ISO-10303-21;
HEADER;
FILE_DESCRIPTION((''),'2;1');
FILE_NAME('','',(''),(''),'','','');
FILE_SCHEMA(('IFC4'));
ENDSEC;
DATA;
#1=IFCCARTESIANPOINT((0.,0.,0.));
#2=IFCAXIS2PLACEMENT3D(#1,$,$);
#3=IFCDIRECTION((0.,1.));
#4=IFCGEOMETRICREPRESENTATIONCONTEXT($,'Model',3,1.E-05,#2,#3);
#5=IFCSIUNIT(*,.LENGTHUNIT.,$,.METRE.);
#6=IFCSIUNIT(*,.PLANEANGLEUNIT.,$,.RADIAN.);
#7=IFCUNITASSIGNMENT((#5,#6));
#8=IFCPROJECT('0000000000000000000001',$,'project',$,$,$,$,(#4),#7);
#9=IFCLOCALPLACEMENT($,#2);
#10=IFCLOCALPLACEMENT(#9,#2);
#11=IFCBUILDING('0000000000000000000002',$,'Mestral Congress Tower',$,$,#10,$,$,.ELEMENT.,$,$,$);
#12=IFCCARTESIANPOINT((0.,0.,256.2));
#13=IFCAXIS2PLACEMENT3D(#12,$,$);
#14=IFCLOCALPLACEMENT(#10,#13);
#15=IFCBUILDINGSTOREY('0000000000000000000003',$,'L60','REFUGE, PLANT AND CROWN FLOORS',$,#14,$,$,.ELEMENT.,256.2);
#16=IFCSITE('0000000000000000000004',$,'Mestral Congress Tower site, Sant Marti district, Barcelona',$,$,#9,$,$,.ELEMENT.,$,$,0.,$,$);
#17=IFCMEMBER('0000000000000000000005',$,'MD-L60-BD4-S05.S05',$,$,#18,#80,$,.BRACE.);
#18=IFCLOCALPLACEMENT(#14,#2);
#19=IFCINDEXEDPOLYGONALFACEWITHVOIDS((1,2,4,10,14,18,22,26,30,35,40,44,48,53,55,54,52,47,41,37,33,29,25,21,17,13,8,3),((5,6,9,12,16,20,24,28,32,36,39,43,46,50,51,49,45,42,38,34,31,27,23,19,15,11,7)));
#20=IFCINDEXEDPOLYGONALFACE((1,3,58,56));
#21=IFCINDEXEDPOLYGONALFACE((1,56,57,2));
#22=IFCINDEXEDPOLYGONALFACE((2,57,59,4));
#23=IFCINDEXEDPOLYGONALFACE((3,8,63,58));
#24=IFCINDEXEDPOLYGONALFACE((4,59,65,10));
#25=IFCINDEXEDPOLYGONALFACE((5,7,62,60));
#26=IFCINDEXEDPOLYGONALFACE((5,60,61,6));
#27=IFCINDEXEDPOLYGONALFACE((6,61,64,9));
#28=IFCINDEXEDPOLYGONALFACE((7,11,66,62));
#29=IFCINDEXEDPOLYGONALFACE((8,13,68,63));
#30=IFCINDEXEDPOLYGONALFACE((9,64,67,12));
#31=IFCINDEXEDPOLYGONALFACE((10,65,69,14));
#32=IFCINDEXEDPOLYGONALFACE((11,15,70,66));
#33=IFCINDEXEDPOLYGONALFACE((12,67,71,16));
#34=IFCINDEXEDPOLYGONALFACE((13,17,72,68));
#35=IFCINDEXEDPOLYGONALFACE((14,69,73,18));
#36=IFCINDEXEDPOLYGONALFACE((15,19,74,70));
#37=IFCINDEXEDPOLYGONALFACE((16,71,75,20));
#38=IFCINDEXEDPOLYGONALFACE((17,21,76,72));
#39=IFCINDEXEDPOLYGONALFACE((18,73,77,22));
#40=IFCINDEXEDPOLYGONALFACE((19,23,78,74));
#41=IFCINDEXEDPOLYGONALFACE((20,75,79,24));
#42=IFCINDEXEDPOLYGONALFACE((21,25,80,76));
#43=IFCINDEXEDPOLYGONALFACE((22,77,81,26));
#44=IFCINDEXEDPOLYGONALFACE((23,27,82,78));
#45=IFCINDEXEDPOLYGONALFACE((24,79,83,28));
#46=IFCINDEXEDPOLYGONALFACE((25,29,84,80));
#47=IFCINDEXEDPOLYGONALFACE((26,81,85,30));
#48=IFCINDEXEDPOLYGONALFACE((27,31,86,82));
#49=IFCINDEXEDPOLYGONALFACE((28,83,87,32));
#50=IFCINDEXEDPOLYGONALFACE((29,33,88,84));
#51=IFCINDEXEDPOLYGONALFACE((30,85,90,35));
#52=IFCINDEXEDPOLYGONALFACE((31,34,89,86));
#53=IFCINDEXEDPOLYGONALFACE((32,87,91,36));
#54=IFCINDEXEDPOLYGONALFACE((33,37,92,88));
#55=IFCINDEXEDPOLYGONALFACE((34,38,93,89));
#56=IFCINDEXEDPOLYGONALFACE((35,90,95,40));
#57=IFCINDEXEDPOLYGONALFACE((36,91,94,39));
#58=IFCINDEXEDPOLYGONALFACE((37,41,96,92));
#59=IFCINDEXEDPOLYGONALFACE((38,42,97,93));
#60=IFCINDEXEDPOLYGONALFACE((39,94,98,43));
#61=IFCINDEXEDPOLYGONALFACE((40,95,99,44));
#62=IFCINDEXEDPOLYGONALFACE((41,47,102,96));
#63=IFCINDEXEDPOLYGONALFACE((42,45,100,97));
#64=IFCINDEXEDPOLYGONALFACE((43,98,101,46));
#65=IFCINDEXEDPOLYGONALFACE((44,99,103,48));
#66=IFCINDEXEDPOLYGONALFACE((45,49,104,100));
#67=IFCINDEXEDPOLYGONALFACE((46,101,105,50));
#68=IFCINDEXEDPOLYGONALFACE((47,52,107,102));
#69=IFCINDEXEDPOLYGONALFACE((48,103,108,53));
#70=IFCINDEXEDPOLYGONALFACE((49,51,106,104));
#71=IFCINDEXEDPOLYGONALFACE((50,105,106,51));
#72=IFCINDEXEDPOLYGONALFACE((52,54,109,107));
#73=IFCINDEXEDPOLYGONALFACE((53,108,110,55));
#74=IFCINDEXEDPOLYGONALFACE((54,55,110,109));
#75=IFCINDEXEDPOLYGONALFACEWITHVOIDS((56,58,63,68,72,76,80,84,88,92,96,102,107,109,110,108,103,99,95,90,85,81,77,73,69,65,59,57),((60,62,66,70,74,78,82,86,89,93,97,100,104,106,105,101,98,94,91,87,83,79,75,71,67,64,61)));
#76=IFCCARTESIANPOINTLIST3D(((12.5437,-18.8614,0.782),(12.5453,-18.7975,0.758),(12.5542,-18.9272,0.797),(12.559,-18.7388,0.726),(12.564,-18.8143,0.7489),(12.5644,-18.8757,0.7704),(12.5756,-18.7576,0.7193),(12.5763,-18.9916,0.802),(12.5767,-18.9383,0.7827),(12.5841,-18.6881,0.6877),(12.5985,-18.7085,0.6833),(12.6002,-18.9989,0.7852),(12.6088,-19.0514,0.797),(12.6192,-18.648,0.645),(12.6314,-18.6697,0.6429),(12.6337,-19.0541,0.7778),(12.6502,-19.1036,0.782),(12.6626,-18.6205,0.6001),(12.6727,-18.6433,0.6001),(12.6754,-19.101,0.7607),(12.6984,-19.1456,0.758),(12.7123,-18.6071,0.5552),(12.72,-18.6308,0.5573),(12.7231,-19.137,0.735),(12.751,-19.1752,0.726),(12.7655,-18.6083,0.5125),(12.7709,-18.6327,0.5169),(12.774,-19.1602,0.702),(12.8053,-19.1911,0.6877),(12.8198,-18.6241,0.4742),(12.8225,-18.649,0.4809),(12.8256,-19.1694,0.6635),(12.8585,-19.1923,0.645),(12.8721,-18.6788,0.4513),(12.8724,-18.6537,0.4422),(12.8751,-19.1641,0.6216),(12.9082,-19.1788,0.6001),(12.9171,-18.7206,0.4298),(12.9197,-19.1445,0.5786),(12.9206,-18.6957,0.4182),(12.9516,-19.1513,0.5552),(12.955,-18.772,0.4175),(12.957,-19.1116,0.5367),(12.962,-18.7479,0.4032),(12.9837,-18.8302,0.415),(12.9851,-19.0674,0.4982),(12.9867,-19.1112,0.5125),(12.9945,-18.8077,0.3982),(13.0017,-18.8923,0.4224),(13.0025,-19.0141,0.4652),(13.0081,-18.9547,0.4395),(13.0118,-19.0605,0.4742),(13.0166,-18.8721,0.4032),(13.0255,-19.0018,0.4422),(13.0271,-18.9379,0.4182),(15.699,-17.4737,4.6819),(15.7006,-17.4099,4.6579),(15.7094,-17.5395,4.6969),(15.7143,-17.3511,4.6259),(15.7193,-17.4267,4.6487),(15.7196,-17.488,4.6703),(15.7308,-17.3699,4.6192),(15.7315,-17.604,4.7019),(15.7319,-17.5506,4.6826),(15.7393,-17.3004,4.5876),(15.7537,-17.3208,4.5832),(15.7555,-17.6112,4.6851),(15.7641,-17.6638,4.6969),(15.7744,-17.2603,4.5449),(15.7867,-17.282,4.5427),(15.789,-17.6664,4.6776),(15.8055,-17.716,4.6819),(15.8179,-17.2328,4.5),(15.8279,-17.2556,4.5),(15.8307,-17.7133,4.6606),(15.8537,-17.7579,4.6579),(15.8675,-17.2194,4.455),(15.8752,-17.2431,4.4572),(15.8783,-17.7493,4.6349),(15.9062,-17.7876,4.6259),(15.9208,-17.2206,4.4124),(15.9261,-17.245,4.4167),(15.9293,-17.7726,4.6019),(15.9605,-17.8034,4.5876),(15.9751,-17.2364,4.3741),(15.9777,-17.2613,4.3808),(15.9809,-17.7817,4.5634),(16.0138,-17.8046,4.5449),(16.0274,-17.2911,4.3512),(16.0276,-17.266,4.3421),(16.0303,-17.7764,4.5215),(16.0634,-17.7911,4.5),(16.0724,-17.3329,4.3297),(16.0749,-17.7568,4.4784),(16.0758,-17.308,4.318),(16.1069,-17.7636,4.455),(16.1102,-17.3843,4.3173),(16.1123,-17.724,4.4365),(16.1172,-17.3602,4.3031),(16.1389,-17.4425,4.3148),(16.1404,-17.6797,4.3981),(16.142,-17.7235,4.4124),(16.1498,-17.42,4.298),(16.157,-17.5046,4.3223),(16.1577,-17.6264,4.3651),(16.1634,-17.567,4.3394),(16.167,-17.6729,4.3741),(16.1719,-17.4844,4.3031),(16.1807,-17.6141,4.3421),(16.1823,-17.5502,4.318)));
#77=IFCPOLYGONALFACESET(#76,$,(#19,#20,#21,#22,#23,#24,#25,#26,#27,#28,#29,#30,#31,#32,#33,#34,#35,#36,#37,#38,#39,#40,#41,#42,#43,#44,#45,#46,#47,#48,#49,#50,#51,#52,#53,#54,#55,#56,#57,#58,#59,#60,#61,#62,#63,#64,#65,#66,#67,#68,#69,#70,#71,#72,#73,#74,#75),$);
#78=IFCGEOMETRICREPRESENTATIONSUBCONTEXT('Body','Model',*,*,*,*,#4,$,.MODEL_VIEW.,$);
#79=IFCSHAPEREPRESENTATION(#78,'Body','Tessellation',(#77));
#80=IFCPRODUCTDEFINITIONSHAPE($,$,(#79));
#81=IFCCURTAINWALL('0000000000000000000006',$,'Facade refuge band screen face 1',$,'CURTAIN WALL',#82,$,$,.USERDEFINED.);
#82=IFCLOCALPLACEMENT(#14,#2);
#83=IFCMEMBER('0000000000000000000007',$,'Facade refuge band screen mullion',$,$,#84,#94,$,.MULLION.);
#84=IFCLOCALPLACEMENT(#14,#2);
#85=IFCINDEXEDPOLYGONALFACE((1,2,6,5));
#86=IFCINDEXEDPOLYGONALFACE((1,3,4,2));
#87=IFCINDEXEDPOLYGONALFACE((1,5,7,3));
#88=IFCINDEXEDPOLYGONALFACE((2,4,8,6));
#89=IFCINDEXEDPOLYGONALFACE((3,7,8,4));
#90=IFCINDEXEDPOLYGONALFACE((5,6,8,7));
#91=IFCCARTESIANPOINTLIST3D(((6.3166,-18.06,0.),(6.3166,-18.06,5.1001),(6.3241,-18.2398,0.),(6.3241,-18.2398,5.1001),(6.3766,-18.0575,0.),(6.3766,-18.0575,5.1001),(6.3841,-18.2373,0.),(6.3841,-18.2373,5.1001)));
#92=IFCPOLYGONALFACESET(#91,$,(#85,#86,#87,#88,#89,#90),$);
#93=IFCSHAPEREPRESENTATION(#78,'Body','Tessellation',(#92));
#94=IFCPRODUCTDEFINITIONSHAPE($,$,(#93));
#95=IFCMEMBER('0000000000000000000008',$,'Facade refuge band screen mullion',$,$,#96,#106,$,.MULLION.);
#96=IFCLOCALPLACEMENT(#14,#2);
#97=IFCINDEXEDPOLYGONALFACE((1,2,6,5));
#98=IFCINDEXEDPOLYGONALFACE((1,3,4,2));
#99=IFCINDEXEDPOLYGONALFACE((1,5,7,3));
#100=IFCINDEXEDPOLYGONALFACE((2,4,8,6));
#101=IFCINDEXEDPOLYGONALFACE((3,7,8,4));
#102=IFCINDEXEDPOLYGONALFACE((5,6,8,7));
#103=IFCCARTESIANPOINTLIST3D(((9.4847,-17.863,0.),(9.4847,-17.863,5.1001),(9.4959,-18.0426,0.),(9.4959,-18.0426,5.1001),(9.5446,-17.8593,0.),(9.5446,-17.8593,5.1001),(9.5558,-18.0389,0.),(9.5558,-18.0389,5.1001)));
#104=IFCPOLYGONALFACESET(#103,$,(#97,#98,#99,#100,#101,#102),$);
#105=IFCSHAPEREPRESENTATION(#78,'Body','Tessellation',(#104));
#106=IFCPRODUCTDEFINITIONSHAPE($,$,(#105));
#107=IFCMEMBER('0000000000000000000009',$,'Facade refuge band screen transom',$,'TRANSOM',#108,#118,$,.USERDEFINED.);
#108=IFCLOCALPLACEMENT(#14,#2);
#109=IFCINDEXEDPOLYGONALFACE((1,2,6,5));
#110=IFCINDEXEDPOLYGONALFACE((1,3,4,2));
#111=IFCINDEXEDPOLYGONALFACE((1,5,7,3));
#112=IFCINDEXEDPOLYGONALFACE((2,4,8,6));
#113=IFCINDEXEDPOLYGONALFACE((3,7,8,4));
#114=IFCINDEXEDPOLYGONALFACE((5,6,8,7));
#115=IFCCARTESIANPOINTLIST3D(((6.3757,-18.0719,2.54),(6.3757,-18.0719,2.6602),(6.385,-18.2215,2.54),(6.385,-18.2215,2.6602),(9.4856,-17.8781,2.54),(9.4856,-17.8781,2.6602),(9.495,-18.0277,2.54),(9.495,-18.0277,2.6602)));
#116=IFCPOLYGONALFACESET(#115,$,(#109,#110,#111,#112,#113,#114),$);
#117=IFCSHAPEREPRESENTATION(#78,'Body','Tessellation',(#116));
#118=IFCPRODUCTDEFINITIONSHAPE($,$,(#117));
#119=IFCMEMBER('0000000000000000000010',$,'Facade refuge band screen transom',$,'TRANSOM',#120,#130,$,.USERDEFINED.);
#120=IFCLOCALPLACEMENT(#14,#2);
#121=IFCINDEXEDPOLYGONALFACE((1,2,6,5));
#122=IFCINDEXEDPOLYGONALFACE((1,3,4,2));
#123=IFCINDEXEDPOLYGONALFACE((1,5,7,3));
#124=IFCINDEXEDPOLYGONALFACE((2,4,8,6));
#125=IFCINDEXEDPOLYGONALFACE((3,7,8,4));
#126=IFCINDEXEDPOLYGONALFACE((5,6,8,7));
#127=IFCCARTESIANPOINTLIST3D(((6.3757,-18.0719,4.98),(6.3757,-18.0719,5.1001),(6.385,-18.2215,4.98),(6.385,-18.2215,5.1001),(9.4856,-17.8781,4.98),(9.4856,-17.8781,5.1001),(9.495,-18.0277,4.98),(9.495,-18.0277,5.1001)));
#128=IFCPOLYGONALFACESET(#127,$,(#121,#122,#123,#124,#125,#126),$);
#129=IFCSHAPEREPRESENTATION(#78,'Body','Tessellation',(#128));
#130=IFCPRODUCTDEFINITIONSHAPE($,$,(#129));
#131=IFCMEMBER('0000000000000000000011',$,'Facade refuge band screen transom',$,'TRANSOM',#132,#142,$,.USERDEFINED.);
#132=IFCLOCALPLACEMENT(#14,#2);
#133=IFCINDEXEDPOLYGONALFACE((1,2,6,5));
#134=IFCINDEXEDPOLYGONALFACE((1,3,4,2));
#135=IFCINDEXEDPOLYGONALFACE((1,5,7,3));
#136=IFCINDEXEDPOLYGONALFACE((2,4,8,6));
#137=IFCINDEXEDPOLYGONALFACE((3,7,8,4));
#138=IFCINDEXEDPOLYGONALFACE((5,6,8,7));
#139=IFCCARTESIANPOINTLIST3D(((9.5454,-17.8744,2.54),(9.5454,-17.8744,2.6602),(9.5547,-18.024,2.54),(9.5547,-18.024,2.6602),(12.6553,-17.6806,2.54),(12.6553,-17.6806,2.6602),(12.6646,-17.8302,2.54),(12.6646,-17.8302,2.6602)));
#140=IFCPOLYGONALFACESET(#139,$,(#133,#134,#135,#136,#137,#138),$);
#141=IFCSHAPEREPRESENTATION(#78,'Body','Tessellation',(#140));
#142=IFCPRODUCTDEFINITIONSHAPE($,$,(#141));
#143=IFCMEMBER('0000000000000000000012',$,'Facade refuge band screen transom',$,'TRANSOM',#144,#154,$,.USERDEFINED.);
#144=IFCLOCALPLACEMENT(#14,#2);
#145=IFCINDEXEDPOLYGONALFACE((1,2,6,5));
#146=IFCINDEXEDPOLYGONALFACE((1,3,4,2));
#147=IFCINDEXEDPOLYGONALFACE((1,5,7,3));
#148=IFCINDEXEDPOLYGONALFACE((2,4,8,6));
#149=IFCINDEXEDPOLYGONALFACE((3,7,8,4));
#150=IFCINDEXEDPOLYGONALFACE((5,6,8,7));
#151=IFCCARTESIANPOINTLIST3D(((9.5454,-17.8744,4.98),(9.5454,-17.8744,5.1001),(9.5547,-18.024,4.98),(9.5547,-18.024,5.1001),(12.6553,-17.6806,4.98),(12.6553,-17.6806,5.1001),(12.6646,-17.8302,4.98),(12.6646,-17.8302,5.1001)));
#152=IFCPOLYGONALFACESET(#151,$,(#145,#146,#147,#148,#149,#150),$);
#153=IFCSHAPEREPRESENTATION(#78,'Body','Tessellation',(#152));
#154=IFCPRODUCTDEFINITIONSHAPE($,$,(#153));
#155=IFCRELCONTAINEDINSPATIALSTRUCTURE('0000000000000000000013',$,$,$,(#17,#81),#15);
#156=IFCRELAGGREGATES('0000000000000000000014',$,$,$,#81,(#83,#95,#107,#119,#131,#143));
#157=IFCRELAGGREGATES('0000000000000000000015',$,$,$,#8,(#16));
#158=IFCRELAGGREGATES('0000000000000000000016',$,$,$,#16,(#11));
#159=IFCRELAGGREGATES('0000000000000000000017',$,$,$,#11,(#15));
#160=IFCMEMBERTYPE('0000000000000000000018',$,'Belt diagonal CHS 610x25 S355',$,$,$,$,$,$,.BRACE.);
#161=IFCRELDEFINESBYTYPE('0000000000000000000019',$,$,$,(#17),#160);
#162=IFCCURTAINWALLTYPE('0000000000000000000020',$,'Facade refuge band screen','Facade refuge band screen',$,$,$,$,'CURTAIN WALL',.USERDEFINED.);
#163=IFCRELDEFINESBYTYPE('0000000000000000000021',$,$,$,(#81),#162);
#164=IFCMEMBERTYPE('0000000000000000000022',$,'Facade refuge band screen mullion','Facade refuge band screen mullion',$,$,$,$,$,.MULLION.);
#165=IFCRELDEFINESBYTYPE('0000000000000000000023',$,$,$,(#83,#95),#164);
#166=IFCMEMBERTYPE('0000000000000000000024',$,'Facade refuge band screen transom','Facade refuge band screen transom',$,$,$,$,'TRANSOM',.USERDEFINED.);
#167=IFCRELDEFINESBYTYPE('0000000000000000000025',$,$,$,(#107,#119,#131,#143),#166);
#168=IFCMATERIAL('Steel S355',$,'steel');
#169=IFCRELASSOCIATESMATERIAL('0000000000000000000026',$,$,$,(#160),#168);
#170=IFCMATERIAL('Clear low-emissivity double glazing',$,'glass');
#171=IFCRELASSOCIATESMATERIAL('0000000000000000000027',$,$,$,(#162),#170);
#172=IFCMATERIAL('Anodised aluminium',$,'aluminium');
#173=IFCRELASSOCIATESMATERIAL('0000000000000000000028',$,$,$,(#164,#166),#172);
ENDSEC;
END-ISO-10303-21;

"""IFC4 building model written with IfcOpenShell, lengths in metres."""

from ifc_helpers import new_model, si_unit, direction, frame, origin, origin_2d, place, context, subcontext, project, spatial, rectangle, hollow_circle, extrude, material, material_profile, profile_set, type_object, element, aggregate, save


model = new_model("IFC4")

# Units and contexts
model_context = context("Model", 3, precision=1e-05, world=origin(), true_north=direction((0.0, 1.0)))
body_context = subcontext(model_context, "Body", "Model", "MODEL_VIEW")
ifc_project = project(units=[si_unit("LENGTHUNIT", "METRE"), si_unit("PLANEANGLEUNIT", "RADIAN")], contexts=[model_context])

# Site, building, storey
site_placement = place(None, origin())
site = spatial("IfcSite", under=ifc_project, at=site_placement, Name="Mestral Congress Tower site, Sant Marti district, Barcelona", CompositionType="ELEMENT", RefElevation=0.0)
building_placement = place(site_placement, origin())
building = spatial("IfcBuilding", under=site, at=building_placement, Name="Mestral Congress Tower", CompositionType="ELEMENT")
storey_placement = place(building_placement, frame((0.0, 0.0, 256.2)))
storey = spatial("IfcBuildingStorey", under=building, at=storey_placement, Name="L60", Description="REFUGE, PLANT AND CROWN FLOORS", CompositionType="ELEMENT", Elevation=256.2)

# Member
ifc_material_1 = material(Name="Steel S355", Category="steel")
ifc_material_profile_1 = material_profile(ifc_material_1, hollow_circle(Radius=0.3049, WallThickness=0.0249, at=origin_2d()), Name="CHS 610x25")
ifc_profile_set_1 = profile_set([ifc_material_profile_1], Name="Steel S355")
member_type_1 = type_object("IfcMemberType", Name="Belt diagonal CHS 610x25 S355", PredefinedType="BRACE", material=ifc_profile_set_1)
member_1_placement = place(storey_placement, frame((12.7854, -18.8997, 0.6001), z_axis=(0.606215, 0.266615, 0.749279), x_axis=(-0.402587, 0.915382, 0.0)))
element("IfcMember", 1, at=member_1_placement, inside=storey, type_object=member_type_1, Name="MD-L60-BD4-S05.S05", PredefinedType="BRACE", context=body_context, shape_type="SweptSolid", body=[
    extrude(hollow_circle(Radius=0.3049, WallThickness=0.0249, at=origin_2d()), origin(), (0.0, 0.0, 1.0), 5.2048),
])

# Curtain wall, members
ifc_material_2 = material(Name="Clear low-emissivity double glazing", Category="glass")
curtain_wall_type = type_object("IfcCurtainWallType", Name="Facade refuge band screen", Description="Facade refuge band screen", ElementType="CURTAIN WALL", PredefinedType="USERDEFINED", material=ifc_material_2)
curtain_wall_placement = place(storey_placement, origin())
curtain_wall = element("IfcCurtainWall", 2, at=curtain_wall_placement, inside=storey, type_object=curtain_wall_type, Name="Facade refuge band screen face 1", ObjectType="CURTAIN WALL", PredefinedType="USERDEFINED")
ifc_material_3 = material(Name="Anodised aluminium", Category="aluminium")
ifc_material_profile_2 = material_profile(ifc_material_3, rectangle(XDim=0.1799, YDim=0.0601, at=origin_2d()), Name="CW3 mullion 180 x 60")
ifc_profile_set_2 = profile_set([ifc_material_profile_2], Name="Anodised aluminium")
member_type_2 = type_object("IfcMemberType", Name="Facade refuge band screen mullion", Description="Facade refuge band screen mullion", PredefinedType="MULLION", material=ifc_profile_set_2)
member_2_placement = place(storey_placement, frame((6.3503, -18.1487, 0.0), z_axis=(0.0, 0.0, 1.0), x_axis=(0.041492, -0.999139, 0.0)))
member_2 = element("IfcMember", 3, at=member_2_placement, type_object=member_type_2, Name="Facade refuge band screen mullion", PredefinedType="MULLION", context=body_context, shape_type="SweptSolid", body=[
    extrude(rectangle(XDim=0.1799, YDim=0.0601, at=origin_2d()), origin(), (0.0, 0.0, 1.0), 5.1001),
])
member_3_placement = place(storey_placement, frame((9.5203, -17.9509, 0.0), z_axis=(0.0, 0.0, 1.0), x_axis=(0.062217, -0.998063, 0.0)))
member_3 = element("IfcMember", 4, at=member_3_placement, type_object=member_type_2, Name="Facade refuge band screen mullion", PredefinedType="MULLION", context=body_context, shape_type="SweptSolid", body=[
    extrude(rectangle(XDim=0.1799, YDim=0.0601, at=origin_2d()), origin(), (0.0, 0.0, 1.0), 5.1001),
])
ifc_material_profile_3 = material_profile(ifc_material_3, rectangle(XDim=0.1499, YDim=0.1201, at=origin_2d()), Name="CW3 transom 150 x 120")
ifc_profile_set_3 = profile_set([ifc_material_profile_3], Name="Anodised aluminium")
member_type_3 = type_object("IfcMemberType", Name="Facade refuge band screen transom", Description="Facade refuge band screen transom", ElementType="TRANSOM", PredefinedType="USERDEFINED", material=ifc_profile_set_3)
member_4_placement = place(storey_placement, frame((6.3804, -18.1467, 2.6001), z_axis=(0.998063, 0.062212, 0.0), x_axis=(-0.062212, 0.998063, 0.0)))
member_4 = element("IfcMember", 5, at=member_4_placement, type_object=member_type_3, Name="Facade refuge band screen transom", ObjectType="TRANSOM", PredefinedType="USERDEFINED", context=body_context, shape_type="SweptSolid", body=[
    extrude(rectangle(XDim=0.1499, YDim=0.1201, at=origin_2d()), origin(), (0.0, 0.0, 1.0), 3.116),
])
member_5_placement = place(storey_placement, frame((6.3804, -18.1467, 5.04), z_axis=(0.998063, 0.062212, 0.0), x_axis=(-0.062212, 0.998063, 0.0)))
member_5 = element("IfcMember", 6, at=member_5_placement, type_object=member_type_3, Name="Facade refuge band screen transom", ObjectType="TRANSOM", PredefinedType="USERDEFINED", context=body_context, shape_type="SweptSolid", body=[
    extrude(rectangle(XDim=0.1499, YDim=0.1201, at=origin_2d()), origin(), (0.0, 0.0, 1.0), 3.116),
])
member_6_placement = place(storey_placement, frame((9.55, -17.9492, 2.6001), z_axis=(0.998063, 0.062212, 0.0), x_axis=(-0.062212, 0.998063, 0.0)))
member_6 = element("IfcMember", 7, at=member_6_placement, type_object=member_type_3, Name="Facade refuge band screen transom", ObjectType="TRANSOM", PredefinedType="USERDEFINED", context=body_context, shape_type="SweptSolid", body=[
    extrude(rectangle(XDim=0.1499, YDim=0.1201, at=origin_2d()), origin(), (0.0, 0.0, 1.0), 3.116),
])
member_7_placement = place(storey_placement, frame((9.55, -17.9492, 5.04), z_axis=(0.998063, 0.062212, 0.0), x_axis=(-0.062212, 0.998063, 0.0)))
member_7 = element("IfcMember", 8, at=member_7_placement, type_object=member_type_3, Name="Facade refuge band screen transom", ObjectType="TRANSOM", PredefinedType="USERDEFINED", context=body_context, shape_type="SweptSolid", body=[
    extrude(rectangle(XDim=0.1499, YDim=0.1201, at=origin_2d()), origin(), (0.0, 0.0, 1.0), 3.116),
])

aggregate(curtain_wall, [member_2, member_3, member_4, member_5, member_6, member_7])

save(model, "model.ifc")
